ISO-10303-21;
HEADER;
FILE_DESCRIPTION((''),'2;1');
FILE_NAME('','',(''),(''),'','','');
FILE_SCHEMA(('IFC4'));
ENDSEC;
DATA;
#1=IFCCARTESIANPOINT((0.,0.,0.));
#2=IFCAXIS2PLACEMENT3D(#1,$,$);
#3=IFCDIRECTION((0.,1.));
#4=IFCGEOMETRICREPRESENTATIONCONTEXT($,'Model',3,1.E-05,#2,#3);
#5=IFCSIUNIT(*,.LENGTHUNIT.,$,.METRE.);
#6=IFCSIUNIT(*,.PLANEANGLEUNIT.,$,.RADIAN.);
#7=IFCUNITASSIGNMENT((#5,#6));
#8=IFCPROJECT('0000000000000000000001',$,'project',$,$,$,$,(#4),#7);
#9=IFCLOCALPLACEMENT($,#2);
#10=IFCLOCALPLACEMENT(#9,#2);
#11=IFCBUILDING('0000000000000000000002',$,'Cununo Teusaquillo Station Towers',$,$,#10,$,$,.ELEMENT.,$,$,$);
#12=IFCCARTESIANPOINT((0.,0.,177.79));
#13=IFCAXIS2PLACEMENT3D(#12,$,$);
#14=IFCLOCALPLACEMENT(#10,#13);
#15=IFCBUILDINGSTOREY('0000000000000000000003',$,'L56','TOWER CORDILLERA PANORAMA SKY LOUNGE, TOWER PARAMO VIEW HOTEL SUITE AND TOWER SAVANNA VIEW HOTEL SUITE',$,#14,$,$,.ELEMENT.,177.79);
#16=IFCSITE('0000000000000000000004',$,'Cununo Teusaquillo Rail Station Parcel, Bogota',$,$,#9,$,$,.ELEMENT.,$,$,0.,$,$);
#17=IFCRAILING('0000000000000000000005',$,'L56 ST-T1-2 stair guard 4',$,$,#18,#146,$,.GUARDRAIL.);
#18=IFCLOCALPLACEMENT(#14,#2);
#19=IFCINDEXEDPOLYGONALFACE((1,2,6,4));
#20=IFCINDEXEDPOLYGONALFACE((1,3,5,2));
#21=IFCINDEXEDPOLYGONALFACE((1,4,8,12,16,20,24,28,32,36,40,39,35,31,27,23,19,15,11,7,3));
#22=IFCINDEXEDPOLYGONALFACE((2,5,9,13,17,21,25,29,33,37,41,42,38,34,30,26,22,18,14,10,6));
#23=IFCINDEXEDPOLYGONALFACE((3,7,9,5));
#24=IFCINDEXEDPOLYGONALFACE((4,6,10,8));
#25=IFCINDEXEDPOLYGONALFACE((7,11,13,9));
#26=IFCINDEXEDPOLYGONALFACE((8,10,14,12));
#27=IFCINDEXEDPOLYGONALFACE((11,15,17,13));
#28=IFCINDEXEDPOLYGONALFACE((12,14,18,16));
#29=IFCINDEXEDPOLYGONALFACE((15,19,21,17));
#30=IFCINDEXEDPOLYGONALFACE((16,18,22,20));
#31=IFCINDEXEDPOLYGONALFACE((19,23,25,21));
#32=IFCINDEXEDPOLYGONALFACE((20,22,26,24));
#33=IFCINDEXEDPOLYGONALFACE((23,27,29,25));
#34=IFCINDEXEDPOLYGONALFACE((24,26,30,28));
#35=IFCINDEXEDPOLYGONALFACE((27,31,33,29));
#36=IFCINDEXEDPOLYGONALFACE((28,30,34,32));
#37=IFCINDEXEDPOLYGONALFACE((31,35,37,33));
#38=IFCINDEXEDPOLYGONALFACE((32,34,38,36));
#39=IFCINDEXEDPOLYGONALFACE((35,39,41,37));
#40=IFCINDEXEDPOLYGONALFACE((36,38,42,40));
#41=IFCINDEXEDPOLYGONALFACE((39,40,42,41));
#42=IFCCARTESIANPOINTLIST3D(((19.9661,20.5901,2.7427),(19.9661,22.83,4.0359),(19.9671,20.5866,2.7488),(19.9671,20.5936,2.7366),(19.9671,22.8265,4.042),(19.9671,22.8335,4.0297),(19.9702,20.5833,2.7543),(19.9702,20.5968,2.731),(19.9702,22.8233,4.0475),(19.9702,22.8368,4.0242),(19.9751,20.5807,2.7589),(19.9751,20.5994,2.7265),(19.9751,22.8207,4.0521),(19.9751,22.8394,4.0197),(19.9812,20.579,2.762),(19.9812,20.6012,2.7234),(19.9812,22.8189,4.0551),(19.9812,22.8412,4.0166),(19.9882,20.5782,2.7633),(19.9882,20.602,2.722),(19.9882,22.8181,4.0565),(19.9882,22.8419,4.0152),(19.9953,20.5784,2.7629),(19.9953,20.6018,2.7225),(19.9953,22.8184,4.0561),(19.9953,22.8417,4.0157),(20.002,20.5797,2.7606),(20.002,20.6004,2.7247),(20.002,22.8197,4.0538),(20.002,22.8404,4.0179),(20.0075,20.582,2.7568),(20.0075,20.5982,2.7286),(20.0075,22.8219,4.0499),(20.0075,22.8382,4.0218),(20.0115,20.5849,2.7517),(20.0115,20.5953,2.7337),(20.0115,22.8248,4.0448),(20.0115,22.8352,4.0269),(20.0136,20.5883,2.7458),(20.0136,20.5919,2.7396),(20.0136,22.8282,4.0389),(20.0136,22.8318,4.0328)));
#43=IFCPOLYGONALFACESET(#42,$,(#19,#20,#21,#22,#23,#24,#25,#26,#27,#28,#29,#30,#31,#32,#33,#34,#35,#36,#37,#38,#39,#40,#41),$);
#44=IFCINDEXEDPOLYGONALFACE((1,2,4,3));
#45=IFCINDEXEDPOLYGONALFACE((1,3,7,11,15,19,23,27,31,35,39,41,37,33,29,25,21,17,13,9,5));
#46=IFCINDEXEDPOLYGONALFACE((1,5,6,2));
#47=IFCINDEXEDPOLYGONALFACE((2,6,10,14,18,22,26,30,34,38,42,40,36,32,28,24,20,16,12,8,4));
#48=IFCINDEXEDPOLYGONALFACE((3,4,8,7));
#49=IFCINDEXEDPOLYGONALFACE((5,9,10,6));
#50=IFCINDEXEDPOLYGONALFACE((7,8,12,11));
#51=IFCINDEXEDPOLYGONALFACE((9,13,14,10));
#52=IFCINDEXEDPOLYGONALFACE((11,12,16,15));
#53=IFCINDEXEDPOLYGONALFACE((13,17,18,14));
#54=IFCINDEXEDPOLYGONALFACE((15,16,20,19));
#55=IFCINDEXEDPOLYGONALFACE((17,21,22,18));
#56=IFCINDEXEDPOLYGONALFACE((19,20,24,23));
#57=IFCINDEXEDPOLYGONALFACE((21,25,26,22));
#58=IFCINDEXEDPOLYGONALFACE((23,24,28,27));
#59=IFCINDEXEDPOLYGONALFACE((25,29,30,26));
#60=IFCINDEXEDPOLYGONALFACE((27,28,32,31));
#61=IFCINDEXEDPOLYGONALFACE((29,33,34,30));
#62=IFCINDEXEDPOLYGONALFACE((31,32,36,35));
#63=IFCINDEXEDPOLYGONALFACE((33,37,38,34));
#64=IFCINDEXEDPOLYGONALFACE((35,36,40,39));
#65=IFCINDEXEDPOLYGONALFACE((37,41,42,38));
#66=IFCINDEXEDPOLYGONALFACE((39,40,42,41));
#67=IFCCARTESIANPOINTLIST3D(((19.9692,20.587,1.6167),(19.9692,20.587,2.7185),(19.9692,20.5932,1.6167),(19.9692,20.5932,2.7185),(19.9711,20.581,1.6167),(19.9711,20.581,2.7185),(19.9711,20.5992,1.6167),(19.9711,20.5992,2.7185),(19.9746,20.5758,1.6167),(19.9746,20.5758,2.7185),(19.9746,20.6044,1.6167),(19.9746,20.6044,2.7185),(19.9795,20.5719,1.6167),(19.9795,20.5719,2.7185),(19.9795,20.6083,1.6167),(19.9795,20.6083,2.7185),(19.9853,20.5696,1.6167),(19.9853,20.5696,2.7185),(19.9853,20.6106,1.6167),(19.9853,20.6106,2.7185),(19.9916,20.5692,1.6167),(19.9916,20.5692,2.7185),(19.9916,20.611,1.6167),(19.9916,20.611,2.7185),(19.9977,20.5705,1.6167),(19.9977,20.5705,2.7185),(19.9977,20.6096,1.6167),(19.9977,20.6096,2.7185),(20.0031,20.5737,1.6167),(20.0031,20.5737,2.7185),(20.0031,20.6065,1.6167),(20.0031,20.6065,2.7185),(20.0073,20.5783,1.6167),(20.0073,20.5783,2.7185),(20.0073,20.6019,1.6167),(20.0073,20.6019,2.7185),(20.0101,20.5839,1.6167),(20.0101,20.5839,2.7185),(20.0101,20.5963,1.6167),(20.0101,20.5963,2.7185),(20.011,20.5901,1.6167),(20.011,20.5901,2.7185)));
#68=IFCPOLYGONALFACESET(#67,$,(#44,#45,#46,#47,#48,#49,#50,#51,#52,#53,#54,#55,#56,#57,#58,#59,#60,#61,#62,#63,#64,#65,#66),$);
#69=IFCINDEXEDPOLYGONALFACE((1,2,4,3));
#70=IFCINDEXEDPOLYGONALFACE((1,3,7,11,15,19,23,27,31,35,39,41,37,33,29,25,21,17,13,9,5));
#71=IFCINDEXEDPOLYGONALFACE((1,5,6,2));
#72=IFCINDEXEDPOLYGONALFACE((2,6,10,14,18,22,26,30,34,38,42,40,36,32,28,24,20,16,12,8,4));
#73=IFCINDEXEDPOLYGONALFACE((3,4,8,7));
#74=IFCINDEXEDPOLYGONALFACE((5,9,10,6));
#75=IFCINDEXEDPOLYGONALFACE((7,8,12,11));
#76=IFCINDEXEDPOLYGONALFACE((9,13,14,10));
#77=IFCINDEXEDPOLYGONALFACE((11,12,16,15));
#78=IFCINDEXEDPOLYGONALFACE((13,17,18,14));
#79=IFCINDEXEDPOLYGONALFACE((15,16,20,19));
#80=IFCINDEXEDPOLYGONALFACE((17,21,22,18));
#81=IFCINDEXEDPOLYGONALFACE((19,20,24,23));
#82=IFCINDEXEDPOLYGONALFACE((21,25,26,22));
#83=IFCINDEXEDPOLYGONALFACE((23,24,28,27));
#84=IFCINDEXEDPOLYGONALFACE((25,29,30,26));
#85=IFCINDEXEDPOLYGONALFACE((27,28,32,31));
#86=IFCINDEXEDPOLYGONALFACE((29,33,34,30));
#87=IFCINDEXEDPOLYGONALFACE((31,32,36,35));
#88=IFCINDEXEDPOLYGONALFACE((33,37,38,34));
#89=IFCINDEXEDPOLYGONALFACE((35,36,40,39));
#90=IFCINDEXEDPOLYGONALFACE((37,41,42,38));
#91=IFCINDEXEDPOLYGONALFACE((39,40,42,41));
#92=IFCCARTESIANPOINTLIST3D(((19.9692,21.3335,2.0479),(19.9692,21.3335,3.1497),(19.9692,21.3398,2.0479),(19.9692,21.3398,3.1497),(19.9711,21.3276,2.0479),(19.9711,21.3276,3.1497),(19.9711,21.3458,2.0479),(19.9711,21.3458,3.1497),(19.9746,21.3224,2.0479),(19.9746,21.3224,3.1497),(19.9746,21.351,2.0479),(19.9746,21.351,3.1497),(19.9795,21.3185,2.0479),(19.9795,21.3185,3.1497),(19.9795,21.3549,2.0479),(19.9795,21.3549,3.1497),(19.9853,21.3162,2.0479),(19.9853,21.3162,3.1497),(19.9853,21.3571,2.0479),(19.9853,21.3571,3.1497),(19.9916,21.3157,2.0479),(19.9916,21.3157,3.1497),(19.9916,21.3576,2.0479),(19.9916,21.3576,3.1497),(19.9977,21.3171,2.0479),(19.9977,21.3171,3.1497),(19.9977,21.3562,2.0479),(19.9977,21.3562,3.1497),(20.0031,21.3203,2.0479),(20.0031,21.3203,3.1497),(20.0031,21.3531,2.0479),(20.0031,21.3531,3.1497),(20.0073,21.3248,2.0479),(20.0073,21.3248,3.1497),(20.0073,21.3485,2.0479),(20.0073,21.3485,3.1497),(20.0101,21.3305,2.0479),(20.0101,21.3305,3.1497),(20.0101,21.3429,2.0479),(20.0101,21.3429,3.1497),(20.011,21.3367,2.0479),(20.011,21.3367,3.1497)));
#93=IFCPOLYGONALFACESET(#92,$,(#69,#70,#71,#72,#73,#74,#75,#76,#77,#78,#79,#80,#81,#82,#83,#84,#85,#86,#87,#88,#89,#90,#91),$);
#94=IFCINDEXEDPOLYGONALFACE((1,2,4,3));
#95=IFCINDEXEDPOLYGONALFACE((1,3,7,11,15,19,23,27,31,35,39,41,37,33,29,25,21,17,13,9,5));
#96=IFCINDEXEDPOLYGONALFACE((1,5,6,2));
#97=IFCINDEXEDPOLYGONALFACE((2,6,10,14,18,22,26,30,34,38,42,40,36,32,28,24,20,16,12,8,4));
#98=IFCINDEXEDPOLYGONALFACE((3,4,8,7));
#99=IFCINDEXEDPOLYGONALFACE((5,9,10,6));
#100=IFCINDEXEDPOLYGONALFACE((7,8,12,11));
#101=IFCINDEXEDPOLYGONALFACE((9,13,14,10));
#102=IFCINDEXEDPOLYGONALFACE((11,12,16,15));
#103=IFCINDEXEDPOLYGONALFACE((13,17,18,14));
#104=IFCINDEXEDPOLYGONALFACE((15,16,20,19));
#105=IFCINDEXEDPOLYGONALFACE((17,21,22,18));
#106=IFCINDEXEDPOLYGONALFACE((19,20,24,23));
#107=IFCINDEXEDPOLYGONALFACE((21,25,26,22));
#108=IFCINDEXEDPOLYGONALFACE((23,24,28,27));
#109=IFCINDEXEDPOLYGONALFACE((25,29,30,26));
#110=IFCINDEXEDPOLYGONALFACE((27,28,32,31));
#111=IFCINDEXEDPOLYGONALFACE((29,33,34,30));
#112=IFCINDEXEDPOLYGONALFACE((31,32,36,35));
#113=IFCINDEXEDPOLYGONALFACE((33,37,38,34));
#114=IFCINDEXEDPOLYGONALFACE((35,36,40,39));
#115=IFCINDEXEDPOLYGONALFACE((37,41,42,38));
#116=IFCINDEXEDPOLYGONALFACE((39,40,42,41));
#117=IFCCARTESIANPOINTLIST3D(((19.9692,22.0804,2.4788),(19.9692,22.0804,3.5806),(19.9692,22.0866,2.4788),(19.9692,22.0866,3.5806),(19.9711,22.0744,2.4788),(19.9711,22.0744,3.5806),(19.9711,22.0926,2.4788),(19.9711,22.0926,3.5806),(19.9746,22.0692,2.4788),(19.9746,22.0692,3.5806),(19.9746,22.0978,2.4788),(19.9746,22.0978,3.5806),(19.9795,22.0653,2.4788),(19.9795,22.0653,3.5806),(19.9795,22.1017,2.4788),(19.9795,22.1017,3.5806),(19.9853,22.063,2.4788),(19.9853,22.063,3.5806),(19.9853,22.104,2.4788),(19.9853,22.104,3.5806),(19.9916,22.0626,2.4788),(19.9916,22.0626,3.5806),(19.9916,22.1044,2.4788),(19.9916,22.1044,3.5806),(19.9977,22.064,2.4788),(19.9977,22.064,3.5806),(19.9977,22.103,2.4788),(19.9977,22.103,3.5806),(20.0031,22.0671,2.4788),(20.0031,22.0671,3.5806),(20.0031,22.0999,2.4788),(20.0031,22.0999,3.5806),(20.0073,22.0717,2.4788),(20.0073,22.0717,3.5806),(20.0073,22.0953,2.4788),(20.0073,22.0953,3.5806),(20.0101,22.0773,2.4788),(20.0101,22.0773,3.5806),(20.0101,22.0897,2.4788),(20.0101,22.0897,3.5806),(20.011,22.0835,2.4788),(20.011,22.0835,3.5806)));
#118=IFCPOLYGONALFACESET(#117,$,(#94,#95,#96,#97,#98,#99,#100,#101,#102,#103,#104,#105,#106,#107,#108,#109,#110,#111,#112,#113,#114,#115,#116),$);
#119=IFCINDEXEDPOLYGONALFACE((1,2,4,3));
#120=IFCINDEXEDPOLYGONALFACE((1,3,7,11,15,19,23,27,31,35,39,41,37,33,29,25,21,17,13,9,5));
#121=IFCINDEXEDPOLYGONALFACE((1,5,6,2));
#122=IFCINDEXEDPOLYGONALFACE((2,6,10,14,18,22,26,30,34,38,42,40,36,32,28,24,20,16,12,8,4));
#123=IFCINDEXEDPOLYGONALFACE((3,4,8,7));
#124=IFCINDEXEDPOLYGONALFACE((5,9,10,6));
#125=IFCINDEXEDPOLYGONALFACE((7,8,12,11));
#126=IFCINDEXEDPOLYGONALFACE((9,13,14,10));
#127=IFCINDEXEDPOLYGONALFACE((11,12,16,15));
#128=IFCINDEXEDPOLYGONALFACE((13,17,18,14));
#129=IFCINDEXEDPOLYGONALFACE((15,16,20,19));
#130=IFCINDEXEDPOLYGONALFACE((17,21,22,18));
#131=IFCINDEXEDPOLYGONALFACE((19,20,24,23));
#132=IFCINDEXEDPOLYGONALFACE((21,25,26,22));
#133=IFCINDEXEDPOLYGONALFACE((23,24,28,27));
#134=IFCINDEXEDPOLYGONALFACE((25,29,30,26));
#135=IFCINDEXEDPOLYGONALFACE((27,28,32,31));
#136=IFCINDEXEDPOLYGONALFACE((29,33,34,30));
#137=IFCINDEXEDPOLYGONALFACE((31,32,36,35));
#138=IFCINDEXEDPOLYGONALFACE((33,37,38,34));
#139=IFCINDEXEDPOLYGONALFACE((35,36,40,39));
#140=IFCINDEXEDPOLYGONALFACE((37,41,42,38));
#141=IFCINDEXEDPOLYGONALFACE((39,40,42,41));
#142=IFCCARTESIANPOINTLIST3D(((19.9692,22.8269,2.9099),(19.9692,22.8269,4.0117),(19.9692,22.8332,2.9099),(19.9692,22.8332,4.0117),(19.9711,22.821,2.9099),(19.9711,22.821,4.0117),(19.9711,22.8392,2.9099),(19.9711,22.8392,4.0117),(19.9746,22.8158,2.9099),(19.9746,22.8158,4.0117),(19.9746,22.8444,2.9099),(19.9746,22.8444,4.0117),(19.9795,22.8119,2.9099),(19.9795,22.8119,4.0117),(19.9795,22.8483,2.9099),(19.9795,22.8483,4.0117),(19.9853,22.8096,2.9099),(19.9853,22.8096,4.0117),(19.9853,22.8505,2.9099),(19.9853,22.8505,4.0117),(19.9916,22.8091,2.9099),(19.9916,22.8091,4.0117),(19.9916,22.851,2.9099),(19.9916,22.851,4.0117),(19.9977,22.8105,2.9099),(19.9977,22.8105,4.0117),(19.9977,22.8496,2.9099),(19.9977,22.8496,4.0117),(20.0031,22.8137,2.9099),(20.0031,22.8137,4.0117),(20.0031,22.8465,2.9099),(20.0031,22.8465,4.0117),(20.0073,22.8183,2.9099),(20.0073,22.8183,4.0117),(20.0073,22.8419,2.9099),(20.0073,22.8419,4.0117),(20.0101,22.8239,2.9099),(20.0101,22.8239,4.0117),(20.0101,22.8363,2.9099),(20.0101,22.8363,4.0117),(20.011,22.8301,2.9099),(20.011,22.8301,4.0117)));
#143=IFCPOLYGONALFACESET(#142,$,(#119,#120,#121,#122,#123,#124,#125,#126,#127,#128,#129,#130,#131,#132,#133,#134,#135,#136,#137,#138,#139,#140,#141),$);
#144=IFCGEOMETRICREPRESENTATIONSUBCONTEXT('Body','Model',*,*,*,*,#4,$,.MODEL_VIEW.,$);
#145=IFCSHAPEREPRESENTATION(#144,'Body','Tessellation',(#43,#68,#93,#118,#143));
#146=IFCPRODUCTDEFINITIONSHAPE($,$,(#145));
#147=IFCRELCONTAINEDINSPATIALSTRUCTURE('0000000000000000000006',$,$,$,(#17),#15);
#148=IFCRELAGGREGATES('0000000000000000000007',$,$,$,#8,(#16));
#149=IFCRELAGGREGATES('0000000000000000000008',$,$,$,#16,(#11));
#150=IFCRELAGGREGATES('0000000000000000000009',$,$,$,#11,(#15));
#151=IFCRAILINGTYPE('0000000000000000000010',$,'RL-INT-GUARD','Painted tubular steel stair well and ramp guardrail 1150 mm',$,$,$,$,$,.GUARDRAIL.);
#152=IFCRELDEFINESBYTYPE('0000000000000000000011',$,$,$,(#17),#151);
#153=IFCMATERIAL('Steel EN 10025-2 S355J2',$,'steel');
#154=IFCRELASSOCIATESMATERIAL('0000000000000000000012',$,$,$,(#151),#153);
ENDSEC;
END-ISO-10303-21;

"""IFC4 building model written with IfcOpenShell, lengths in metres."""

from ifc_helpers import new_model, si_unit, direction, frame, origin, origin_2d, place, context, subcontext, project, spatial, circle, extrude, material, type_object, element, save


model = new_model("IFC4")

# Units and contexts
model_context = context("Model", 3, precision=1e-05, world=origin(), true_north=direction((0.0, 1.0)))
body_context = subcontext(model_context, "Body", "Model", "MODEL_VIEW")
ifc_project = project(units=[si_unit("LENGTHUNIT", "METRE"), si_unit("PLANEANGLEUNIT", "RADIAN")], contexts=[model_context])

# Site, building, storey
site_placement = place(None, origin())
site = spatial("IfcSite", under=ifc_project, at=site_placement, Name="Cununo Teusaquillo Rail Station Parcel, Bogota", CompositionType="ELEMENT", RefElevation=0.0)
building_placement = place(site_placement, origin())
building = spatial("IfcBuilding", under=site, at=building_placement, Name="Cununo Teusaquillo Station Towers", CompositionType="ELEMENT")
storey_placement = place(building_placement, frame((0.0, 0.0, 177.79)))
storey = spatial("IfcBuildingStorey", under=building, at=storey_placement, Name="L56", Description="TOWER CORDILLERA PANORAMA SKY LOUNGE, TOWER PARAMO VIEW HOTEL SUITE AND TOWER SAVANNA VIEW HOTEL SUITE", CompositionType="ELEMENT", Elevation=177.79)

# Railing
ifc_material_1 = material(Name="Steel EN 10025-2 S355J2", Category="steel")
railing_type_1 = type_object("IfcRailingType", Name="RL-INT-GUARD", Description="Painted tubular steel stair well and ramp guardrail 1150 mm", PredefinedType="GUARDRAIL", material=ifc_material_1)
railing_1_placement = place(storey_placement, frame((19.99, 20.5901, 1.6167)))
element("IfcRailing", 1, at=railing_1_placement, inside=storey, type_object=railing_type_1, Name="L56 ST-T1-2 stair guard 4", PredefinedType="GUARDRAIL", context=body_context, shape_type="SweptSolid", body=[
    extrude(circle(Radius=0.0239, at=origin_2d()), frame((0.0, 0.0, 1.126), z_axis=(0.0, 0.866033, 0.499987), x_axis=(-1.0, 0.0, 0.0)), (0.0, 0.0, 1.0), 2.5864),
    extrude(circle(Radius=0.021, at=origin_2d()), origin(), (0.0, 0.0, 1.0), 1.1018),
    extrude(circle(Radius=0.021, at=origin_2d()), frame((0.0, 0.7466, 0.4312)), (0.0, 0.0, 1.0), 1.1018),
    extrude(circle(Radius=0.021, at=origin_2d()), frame((0.0, 1.4934, 0.8621)), (0.0, 0.0, 1.0), 1.1018),
    extrude(circle(Radius=0.021, at=origin_2d()), frame((0.0, 2.24, 1.2932)), (0.0, 0.0, 1.0), 1.1018),
])

save(model, "model.ifc")
